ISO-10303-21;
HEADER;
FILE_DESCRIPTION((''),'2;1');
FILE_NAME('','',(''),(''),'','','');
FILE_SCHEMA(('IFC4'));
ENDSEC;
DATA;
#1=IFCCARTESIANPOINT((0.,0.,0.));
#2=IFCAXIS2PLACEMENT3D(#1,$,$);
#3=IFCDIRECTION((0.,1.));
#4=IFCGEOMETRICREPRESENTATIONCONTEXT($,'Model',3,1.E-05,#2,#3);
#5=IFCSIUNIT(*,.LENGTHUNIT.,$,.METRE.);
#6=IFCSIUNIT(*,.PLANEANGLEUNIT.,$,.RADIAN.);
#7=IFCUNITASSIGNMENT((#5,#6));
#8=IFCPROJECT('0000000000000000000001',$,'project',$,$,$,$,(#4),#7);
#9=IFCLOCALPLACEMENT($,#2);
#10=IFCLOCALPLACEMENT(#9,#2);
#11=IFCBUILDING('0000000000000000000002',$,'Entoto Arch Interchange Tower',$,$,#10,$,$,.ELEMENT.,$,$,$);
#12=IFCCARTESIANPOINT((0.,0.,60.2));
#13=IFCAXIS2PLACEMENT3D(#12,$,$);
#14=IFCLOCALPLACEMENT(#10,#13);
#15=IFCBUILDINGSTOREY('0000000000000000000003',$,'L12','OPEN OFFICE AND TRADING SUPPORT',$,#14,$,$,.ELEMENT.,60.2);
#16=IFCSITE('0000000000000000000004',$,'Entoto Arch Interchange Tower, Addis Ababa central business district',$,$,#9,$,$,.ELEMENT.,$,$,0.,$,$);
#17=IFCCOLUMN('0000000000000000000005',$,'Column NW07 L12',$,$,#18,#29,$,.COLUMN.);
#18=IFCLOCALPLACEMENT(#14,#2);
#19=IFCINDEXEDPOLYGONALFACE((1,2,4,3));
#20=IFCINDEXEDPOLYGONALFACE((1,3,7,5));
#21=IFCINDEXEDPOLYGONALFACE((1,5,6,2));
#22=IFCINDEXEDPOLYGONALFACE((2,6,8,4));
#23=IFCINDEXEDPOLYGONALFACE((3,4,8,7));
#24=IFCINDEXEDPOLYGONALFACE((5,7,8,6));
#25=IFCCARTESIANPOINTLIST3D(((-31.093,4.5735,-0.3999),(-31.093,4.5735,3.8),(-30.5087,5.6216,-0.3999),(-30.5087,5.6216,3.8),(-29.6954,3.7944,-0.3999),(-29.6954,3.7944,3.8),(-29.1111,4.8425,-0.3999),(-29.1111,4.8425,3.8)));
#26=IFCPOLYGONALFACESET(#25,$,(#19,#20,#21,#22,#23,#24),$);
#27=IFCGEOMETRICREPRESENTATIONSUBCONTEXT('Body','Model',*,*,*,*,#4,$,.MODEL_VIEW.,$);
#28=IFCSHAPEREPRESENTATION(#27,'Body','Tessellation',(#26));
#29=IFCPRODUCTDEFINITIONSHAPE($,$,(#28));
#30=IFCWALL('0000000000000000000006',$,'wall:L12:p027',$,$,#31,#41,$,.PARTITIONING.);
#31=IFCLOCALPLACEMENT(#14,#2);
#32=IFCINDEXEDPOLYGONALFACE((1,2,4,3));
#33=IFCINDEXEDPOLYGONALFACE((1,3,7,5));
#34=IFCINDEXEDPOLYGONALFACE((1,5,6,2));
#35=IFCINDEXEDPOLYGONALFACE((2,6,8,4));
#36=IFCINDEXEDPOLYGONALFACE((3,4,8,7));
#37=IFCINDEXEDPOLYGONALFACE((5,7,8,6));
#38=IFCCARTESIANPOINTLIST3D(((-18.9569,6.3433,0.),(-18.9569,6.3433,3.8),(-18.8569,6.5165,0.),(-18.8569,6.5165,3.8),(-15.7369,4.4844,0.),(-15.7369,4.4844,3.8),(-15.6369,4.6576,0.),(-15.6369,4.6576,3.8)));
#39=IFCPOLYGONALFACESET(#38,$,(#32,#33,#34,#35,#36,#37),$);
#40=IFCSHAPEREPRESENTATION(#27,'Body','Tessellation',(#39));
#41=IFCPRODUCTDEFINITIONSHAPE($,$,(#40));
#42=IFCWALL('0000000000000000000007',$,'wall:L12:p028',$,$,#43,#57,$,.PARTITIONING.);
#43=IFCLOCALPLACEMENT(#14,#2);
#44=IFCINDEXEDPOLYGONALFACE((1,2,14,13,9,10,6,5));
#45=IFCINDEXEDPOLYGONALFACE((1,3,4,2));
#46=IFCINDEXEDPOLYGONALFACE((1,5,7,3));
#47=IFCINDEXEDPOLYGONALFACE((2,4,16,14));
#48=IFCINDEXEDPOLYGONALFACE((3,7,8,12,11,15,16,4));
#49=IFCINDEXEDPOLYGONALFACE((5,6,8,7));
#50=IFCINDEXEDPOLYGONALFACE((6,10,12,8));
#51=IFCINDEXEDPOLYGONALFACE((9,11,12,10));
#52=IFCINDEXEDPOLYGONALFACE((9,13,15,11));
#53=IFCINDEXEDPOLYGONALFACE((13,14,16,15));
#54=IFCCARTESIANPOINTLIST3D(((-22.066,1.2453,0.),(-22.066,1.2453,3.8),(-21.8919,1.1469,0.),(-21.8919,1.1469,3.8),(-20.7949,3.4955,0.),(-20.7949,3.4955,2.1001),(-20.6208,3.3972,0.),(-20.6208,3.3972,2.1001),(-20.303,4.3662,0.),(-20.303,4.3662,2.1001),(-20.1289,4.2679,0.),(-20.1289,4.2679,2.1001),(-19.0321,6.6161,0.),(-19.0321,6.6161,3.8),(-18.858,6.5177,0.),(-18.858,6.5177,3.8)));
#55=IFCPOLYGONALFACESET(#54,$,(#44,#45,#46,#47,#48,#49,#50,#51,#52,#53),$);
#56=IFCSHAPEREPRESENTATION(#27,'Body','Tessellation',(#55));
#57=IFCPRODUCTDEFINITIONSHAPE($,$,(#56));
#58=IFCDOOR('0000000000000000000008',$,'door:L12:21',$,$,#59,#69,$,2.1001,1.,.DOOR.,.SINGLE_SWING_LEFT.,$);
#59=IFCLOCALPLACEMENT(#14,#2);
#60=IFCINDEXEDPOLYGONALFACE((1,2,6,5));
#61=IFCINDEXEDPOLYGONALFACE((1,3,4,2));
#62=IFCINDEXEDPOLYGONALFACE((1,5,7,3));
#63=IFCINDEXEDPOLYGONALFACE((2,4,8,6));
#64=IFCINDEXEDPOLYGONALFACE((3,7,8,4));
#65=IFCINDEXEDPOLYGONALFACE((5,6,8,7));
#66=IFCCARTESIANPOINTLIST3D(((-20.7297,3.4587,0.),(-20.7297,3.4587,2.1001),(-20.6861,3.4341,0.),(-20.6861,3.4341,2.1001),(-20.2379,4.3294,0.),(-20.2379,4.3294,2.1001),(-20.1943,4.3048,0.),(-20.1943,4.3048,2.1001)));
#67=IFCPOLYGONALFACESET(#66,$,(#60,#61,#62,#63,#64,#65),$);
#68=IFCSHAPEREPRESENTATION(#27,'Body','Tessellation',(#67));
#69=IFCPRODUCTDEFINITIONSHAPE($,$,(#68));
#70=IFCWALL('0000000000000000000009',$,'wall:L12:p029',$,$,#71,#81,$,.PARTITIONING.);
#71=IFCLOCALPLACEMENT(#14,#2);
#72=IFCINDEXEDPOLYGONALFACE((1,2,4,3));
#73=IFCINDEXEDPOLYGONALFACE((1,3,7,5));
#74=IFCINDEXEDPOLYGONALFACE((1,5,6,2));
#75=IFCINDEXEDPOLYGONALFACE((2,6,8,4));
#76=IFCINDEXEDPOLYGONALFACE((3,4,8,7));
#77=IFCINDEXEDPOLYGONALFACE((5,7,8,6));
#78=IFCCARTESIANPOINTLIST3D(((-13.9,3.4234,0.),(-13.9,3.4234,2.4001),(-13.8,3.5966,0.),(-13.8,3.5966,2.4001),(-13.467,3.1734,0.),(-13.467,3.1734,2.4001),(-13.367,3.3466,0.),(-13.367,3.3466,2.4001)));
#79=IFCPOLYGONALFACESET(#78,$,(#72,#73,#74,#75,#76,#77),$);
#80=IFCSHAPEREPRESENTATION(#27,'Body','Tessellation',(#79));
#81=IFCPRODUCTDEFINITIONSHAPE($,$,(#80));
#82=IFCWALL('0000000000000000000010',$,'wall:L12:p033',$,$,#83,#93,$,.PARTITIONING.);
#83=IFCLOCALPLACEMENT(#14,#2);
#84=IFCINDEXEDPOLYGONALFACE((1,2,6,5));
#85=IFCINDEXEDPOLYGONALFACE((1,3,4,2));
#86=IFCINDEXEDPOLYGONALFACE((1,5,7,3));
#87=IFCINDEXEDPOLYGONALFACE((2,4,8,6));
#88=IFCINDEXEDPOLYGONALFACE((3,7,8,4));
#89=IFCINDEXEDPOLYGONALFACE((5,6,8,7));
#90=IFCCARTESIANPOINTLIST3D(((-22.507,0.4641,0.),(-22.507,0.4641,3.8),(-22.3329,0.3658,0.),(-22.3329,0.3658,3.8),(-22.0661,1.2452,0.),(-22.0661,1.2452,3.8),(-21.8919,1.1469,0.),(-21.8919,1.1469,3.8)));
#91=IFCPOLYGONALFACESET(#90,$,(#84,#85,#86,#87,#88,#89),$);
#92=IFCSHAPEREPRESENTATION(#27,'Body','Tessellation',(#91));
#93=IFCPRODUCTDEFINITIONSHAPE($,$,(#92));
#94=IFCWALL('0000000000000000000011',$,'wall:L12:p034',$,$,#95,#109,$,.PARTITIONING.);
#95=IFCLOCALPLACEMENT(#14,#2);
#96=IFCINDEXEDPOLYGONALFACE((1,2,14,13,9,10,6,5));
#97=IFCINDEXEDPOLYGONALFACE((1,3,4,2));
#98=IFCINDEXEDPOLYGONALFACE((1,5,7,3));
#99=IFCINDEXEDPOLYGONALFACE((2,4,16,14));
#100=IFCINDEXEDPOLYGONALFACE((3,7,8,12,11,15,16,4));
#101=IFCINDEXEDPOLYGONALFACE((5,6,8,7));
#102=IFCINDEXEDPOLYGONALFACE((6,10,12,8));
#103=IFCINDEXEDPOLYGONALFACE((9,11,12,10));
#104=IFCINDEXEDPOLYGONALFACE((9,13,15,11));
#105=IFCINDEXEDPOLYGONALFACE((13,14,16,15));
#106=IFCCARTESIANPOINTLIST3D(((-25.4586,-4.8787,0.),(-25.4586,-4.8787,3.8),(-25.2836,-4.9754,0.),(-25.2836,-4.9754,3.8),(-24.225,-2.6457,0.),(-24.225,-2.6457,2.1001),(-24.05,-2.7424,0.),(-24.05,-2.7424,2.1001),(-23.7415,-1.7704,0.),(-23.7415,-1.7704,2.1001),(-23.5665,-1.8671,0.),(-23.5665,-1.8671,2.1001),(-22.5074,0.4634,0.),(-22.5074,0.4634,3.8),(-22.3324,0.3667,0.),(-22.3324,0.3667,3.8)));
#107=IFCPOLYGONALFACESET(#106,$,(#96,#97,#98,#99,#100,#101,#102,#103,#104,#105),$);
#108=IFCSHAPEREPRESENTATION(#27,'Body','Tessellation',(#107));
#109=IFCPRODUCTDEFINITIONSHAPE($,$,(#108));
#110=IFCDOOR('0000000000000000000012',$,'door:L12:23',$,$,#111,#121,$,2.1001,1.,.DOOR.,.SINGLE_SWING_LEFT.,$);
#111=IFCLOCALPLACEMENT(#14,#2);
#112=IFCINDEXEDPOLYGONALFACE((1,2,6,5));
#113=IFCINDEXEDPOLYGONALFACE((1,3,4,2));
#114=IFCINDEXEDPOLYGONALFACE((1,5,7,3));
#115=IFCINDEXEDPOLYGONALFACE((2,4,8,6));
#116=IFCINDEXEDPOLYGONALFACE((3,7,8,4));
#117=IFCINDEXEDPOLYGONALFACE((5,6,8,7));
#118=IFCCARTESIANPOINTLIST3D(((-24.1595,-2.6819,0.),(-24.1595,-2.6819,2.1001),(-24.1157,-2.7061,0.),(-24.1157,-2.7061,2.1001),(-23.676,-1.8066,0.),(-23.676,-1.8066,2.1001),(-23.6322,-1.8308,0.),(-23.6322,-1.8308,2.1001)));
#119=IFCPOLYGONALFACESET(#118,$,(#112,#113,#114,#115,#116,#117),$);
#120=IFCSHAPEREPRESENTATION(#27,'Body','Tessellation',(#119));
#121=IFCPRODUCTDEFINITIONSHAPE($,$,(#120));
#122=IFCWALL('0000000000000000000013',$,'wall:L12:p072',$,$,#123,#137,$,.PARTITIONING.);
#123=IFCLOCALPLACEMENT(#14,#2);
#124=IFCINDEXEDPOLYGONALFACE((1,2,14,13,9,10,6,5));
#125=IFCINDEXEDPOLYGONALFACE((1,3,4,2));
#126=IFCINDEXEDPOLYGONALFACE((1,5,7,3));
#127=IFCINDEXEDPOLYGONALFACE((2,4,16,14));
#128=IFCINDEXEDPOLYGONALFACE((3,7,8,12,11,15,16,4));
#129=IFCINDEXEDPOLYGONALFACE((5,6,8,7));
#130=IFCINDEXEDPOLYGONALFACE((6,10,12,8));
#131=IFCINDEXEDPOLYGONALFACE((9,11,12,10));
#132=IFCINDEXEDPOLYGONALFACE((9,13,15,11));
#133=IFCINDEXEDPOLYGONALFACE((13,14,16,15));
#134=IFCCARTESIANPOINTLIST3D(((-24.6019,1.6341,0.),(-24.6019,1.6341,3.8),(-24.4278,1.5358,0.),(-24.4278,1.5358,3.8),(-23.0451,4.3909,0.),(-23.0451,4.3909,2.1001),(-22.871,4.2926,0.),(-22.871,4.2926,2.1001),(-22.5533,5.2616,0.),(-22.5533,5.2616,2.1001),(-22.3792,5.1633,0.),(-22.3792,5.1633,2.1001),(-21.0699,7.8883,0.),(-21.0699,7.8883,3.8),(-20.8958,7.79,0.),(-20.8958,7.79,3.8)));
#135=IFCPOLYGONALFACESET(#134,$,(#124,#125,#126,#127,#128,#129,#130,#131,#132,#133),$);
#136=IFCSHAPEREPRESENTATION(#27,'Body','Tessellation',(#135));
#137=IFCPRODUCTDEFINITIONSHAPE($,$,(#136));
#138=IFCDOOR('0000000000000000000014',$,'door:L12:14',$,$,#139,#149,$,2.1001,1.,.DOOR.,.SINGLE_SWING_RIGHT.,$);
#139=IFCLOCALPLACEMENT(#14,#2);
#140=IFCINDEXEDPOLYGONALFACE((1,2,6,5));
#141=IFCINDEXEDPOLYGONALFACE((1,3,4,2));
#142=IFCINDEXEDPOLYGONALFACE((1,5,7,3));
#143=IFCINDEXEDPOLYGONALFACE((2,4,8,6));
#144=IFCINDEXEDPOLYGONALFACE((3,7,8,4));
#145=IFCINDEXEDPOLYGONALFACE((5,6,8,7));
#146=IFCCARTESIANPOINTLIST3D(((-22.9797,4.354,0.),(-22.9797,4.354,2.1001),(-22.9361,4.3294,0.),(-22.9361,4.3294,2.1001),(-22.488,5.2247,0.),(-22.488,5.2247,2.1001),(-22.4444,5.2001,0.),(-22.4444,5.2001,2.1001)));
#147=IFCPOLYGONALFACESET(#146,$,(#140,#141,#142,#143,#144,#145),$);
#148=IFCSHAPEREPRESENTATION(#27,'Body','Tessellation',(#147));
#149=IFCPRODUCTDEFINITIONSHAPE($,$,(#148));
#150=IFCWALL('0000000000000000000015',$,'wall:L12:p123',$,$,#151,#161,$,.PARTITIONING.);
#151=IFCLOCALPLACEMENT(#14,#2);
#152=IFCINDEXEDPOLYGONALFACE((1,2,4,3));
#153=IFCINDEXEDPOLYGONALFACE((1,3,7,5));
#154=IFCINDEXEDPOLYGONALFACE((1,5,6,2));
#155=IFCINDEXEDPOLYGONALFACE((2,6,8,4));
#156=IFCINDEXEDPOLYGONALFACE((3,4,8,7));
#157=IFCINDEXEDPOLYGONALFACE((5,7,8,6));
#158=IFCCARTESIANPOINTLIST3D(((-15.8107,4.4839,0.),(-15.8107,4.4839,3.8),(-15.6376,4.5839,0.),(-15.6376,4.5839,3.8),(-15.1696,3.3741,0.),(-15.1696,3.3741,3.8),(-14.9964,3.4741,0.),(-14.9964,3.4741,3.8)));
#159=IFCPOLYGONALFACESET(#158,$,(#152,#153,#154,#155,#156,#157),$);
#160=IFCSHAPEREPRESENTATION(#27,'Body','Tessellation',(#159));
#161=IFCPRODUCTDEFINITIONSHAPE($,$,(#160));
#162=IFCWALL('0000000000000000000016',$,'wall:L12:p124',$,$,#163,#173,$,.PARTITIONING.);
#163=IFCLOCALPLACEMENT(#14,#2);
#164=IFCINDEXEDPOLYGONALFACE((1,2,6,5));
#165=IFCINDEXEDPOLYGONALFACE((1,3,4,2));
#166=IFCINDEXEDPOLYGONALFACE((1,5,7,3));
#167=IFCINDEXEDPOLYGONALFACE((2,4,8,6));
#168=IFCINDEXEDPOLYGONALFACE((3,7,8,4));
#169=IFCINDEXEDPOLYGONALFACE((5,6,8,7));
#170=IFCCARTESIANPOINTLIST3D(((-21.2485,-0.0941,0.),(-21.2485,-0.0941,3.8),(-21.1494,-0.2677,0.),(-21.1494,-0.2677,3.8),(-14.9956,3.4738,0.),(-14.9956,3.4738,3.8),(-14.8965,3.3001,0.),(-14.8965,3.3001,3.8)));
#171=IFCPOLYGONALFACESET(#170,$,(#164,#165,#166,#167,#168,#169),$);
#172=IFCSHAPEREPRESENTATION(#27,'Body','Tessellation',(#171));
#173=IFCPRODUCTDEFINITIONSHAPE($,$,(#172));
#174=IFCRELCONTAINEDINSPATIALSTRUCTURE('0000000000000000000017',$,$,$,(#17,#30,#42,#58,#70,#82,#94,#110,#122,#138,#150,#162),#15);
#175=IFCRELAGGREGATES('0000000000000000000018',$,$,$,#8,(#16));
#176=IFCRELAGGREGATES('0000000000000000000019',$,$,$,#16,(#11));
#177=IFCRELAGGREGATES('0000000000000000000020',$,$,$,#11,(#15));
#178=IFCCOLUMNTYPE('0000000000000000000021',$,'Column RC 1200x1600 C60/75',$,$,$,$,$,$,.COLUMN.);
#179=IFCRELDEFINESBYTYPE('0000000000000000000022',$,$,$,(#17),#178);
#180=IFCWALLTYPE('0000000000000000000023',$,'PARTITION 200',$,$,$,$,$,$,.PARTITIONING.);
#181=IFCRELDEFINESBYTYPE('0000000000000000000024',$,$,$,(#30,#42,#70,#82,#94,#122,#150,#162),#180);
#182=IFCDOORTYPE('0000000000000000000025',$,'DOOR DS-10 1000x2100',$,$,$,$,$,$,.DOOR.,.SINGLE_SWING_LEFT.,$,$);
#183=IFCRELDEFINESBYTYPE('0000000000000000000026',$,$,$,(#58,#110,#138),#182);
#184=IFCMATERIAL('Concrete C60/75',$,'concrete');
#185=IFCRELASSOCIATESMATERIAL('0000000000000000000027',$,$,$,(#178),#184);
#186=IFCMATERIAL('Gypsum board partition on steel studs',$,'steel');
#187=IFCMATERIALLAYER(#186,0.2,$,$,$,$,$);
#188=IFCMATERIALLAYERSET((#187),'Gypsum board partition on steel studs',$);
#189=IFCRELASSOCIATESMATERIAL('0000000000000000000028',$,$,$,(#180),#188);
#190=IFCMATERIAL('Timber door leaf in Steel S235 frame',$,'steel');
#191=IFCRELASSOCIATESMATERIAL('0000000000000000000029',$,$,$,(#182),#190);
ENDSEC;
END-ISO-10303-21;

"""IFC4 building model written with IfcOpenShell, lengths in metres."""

from ifc_helpers import new_model, si_unit, direction, frame, frame_2d, origin, origin_2d, place, context, subcontext, project, spatial, rectangle, extrude, material, layer, layer_set, material_profile, profile_set, type_object, element, fill, save


model = new_model("IFC4")

# Units and contexts
model_context = context("Model", 3, precision=1e-05, world=origin(), true_north=direction((0.0, 1.0)))
body_context = subcontext(model_context, "Body", "Model", "MODEL_VIEW")
ifc_project = project(units=[si_unit("LENGTHUNIT", "METRE"), si_unit("PLANEANGLEUNIT", "RADIAN")], contexts=[model_context])

# Site, building, storey
site_placement = place(None, origin())
site = spatial("IfcSite", under=ifc_project, at=site_placement, Name="Entoto Arch Interchange Tower, Addis Ababa central business district", CompositionType="ELEMENT", RefElevation=0.0)
building_placement = place(site_placement, origin())
building = spatial("IfcBuilding", under=site, at=building_placement, Name="Entoto Arch Interchange Tower", CompositionType="ELEMENT")
storey_placement = place(building_placement, frame((0.0, 0.0, 60.2)))
storey = spatial("IfcBuildingStorey", under=building, at=storey_placement, Name="L12", Description="OPEN OFFICE AND TRADING SUPPORT", CompositionType="ELEMENT", Elevation=60.2)

# Column
ifc_material_1 = material(Name="Concrete C60/75", Category="concrete")
ifc_material_profile = material_profile(ifc_material_1, rectangle(XDim=1.2, YDim=1.6001, at=origin_2d()))
ifc_profile_set = profile_set([ifc_material_profile], Name="Concrete C60/75")
column_type = type_object("IfcColumnType", Name="Column RC 1200x1600 C60/75", PredefinedType="COLUMN", material=ifc_profile_set)
column_placement = place(storey_placement, frame((-30.1021, 4.708, -0.3999), z_axis=(0.0, 0.0, 1.0), x_axis=(0.486915, 0.873449, 0.0)))
element("IfcColumn", 1, at=column_placement, inside=storey, type_object=column_type, Name="Column NW07 L12", PredefinedType="COLUMN", context=body_context, shape_type="SweptSolid", body=[
    extrude(rectangle(XDim=1.2, YDim=1.6001, at=origin_2d()), origin(), (0.0, 0.0, 1.0), 4.2),
])

# Wall
ifc_material_2 = material(Name="Gypsum board partition on steel studs", Category="steel")
ifc_layer_1 = layer(ifc_material_2, 0.2)
ifc_layer_set_1 = layer_set([ifc_layer_1], Name="Gypsum board partition on steel studs")
wall_type_1 = type_object("IfcWallType", Name="PARTITION 200", PredefinedType="PARTITIONING", material=ifc_layer_set_1)
wall_1_placement = place(storey_placement, frame((-15.687, 4.571, 0.0), z_axis=(0.0, 0.0, 1.0), x_axis=(-0.866045, 0.499967, 0.0)))
element("IfcWall", 2, at=wall_1_placement, inside=storey, type_object=wall_type_1, Name="wall:L12:p027", PredefinedType="PARTITIONING", context=body_context, shape_type="SweptSolid", body=[
    extrude(rectangle(XDim=3.718, YDim=0.2, at=frame_2d((1.8589, 0.0))), origin(), (0.0, 0.0, 1.0), 3.8),
])

# Wall, opening, door
wall_2_placement = place(storey_placement, frame((-18.9451, 6.5669, 0.0), z_axis=(0.0, 0.0, 1.0), x_axis=(-0.491841, -0.870685, 0.0)))
wall_2 = element("IfcWall", 3, at=wall_2_placement, inside=storey, type_object=wall_type_1, Name="wall:L12:p028", PredefinedType="PARTITIONING", context=body_context, shape_type="SweptSolid", body=[
    extrude(rectangle(XDim=6.1685, YDim=0.2, at=frame_2d((3.0842, 0.0))), origin(), (0.0, 0.0, 1.0), 3.8),
])
opening_1_placement = place(wall_2_placement, frame((2.584, 0.0, 0.0)))
opening_1 = element("IfcOpeningElement", 4, at=opening_1_placement, cuts=wall_2, PredefinedType="OPENING", context=body_context, shape_type="SweptSolid", body=[
    extrude(rectangle(XDim=1.0, YDim=2.1001, at=frame_2d((0.5, 1.05))), frame((0.0, 0.1099, 0.0), z_axis=(0.0, -1.0, 0.0), x_axis=(1.0, 0.0, 0.0)), (0.0, 0.0, 1.0), 0.22),
])
ifc_material_3 = material(Name="Timber door leaf in Steel S235 frame", Category="steel")
door_type = type_object("IfcDoorType", Name="DOOR DS-10 1000x2100", OperationType="SINGLE_SWING_LEFT", PredefinedType="DOOR", material=ifc_material_3)
door_1_placement = place(opening_1_placement, origin())
door_1 = element("IfcDoor", 5, at=door_1_placement, inside=storey, type_object=door_type, Name="door:L12:21", OperationType="SINGLE_SWING_LEFT", OverallHeight=2.1001, OverallWidth=1.0, PredefinedType="DOOR", context=body_context, shape_type="SweptSolid", body=[
    extrude(rectangle(XDim=1.0, YDim=2.1001, at=frame_2d((0.5, 1.05))), frame((0.0, 0.0249, 0.0), z_axis=(0.0, -1.0, 0.0), x_axis=(1.0, 0.0, 0.0)), (0.0, 0.0, 1.0), 0.05),
])
fill(opening_1, door_1)

# Walls
wall_3_placement = place(storey_placement, frame((-13.417, 3.26, 0.0), z_axis=(0.0, 0.0, 1.0), x_axis=(-0.866072, 0.49992, 0.0)))
element("IfcWall", 6, at=wall_3_placement, inside=storey, type_object=wall_type_1, Name="wall:L12:p029", PredefinedType="PARTITIONING", context=body_context, shape_type="SweptSolid", body=[
    extrude(rectangle(XDim=0.5, YDim=0.2, at=frame_2d((0.25, 0.0))), origin(), (0.0, 0.0, 1.0), 2.4001),
])
wall_4_placement = place(storey_placement, frame((-21.979, 1.196, 0.0), z_axis=(0.0, 0.0, 1.0), x_axis=(-0.491618, -0.870811, 0.0)))
element("IfcWall", 7, at=wall_4_placement, inside=storey, type_object=wall_type_1, Name="wall:L12:p033", PredefinedType="PARTITIONING", context=body_context, shape_type="SweptSolid", body=[
    extrude(rectangle(XDim=0.897, YDim=0.2, at=frame_2d((0.4485, 0.0))), origin(), (0.0, 0.0, 1.0), 3.8),
])

# Walls, openings, doors
wall_5_placement = place(storey_placement, frame((-22.4199, 0.415, 0.0), z_axis=(0.0, 0.0, 1.0), x_axis=(-0.483559, -0.875311, 0.0)))
wall_5 = element("IfcWall", 8, at=wall_5_placement, inside=storey, type_object=wall_type_1, Name="wall:L12:p034", PredefinedType="PARTITIONING", context=body_context, shape_type="SweptSolid", body=[
    extrude(rectangle(XDim=6.103, YDim=0.2, at=frame_2d((3.0515, 0.0))), origin(), (0.0, 0.0, 1.0), 3.8),
])
opening_2_placement = place(wall_5_placement, frame((2.552, 0.0, 0.0)))
opening_2 = element("IfcOpeningElement", 9, at=opening_2_placement, cuts=wall_5, PredefinedType="OPENING", context=body_context, shape_type="SweptSolid", body=[
    extrude(rectangle(XDim=1.0, YDim=2.1001, at=frame_2d((0.5, 1.05))), frame((0.0, 0.1099, 0.0), z_axis=(0.0, -1.0, 0.0), x_axis=(1.0, 0.0, 0.0)), (0.0, 0.0, 1.0), 0.22),
])
door_2_placement = place(opening_2_placement, origin())
door_2 = element("IfcDoor", 10, at=door_2_placement, inside=storey, type_object=door_type, Name="door:L12:23", OperationType="SINGLE_SWING_LEFT", OverallHeight=2.1001, OverallWidth=1.0, PredefinedType="DOOR", context=body_context, shape_type="SweptSolid", body=[
    extrude(rectangle(XDim=1.0, YDim=2.1001, at=frame_2d((0.5, 1.05))), frame((0.0, 0.0249, 0.0), z_axis=(0.0, -1.0, 0.0), x_axis=(1.0, 0.0, 0.0)), (0.0, 0.0, 1.0), 0.05),
])
fill(opening_2, door_2)
wall_6_placement = place(storey_placement, frame((-24.5149, 1.585, 0.0), z_axis=(0.0, 0.0, 1.0), x_axis=(0.491744, 0.87074, 0.0)))
wall_6 = element("IfcWall", 11, at=wall_6_placement, inside=storey, type_object=wall_type_1, Name="wall:L12:p072", PredefinedType="PARTITIONING", context=body_context, shape_type="SweptSolid", body=[
    extrude(rectangle(XDim=7.1826, YDim=0.2, at=frame_2d((3.5913, 0.0))), origin(), (0.0, 0.0, 1.0), 3.8),
])
opening_3_placement = place(wall_6_placement, frame((3.166, 0.0, 0.0)))
opening_3 = element("IfcOpeningElement", 12, at=opening_3_placement, cuts=wall_6, PredefinedType="OPENING", context=body_context, shape_type="SweptSolid", body=[
    extrude(rectangle(XDim=1.0, YDim=2.1001, at=frame_2d((0.5, 1.05))), frame((0.0, 0.1099, 0.0), z_axis=(0.0, -1.0, 0.0), x_axis=(1.0, 0.0, 0.0)), (0.0, 0.0, 1.0), 0.22),
])
door_3_placement = place(opening_3_placement, origin())
door_3 = element("IfcDoor", 13, at=door_3_placement, inside=storey, type_object=door_type, Name="door:L12:14", OperationType="SINGLE_SWING_RIGHT", OverallHeight=2.1001, OverallWidth=1.0, PredefinedType="DOOR", context=body_context, shape_type="SweptSolid", body=[
    extrude(rectangle(XDim=1.0, YDim=2.1001, at=frame_2d((0.5, 1.05))), frame((0.0, 0.0249, 0.0), z_axis=(0.0, -1.0, 0.0), x_axis=(1.0, 0.0, 0.0)), (0.0, 0.0, 1.0), 0.05),
])
fill(opening_3, door_3)

# Walls
wall_7_placement = place(storey_placement, frame((-15.7241, 4.5339, 0.0), z_axis=(0.0, 0.0, 1.0), x_axis=(0.500195, -0.865913, 0.0)))
element("IfcWall", 14, at=wall_7_placement, inside=storey, type_object=wall_type_1, Name="wall:L12:p123", PredefinedType="PARTITIONING", context=body_context, shape_type="SweptSolid", body=[
    extrude(rectangle(XDim=1.2817, YDim=0.2, at=frame_2d((0.6409, 0.0))), origin(), (0.0, 0.0, 1.0), 3.8),
])
wall_8_placement = place(storey_placement, frame((-14.946, 3.387, 0.0), z_axis=(0.0, 0.0, 1.0), x_axis=(-0.868556, -0.495591, 0.0)))
element("IfcWall", 15, at=wall_8_placement, inside=storey, type_object=wall_type_1, Name="wall:L12:p124", PredefinedType="PARTITIONING", context=body_context, shape_type="SweptSolid", body=[
    extrude(rectangle(XDim=7.1992, YDim=0.2, at=frame_2d((3.5996, 0.0))), origin(), (0.0, 0.0, 1.0), 3.8),
])

save(model, "model.ifc")
